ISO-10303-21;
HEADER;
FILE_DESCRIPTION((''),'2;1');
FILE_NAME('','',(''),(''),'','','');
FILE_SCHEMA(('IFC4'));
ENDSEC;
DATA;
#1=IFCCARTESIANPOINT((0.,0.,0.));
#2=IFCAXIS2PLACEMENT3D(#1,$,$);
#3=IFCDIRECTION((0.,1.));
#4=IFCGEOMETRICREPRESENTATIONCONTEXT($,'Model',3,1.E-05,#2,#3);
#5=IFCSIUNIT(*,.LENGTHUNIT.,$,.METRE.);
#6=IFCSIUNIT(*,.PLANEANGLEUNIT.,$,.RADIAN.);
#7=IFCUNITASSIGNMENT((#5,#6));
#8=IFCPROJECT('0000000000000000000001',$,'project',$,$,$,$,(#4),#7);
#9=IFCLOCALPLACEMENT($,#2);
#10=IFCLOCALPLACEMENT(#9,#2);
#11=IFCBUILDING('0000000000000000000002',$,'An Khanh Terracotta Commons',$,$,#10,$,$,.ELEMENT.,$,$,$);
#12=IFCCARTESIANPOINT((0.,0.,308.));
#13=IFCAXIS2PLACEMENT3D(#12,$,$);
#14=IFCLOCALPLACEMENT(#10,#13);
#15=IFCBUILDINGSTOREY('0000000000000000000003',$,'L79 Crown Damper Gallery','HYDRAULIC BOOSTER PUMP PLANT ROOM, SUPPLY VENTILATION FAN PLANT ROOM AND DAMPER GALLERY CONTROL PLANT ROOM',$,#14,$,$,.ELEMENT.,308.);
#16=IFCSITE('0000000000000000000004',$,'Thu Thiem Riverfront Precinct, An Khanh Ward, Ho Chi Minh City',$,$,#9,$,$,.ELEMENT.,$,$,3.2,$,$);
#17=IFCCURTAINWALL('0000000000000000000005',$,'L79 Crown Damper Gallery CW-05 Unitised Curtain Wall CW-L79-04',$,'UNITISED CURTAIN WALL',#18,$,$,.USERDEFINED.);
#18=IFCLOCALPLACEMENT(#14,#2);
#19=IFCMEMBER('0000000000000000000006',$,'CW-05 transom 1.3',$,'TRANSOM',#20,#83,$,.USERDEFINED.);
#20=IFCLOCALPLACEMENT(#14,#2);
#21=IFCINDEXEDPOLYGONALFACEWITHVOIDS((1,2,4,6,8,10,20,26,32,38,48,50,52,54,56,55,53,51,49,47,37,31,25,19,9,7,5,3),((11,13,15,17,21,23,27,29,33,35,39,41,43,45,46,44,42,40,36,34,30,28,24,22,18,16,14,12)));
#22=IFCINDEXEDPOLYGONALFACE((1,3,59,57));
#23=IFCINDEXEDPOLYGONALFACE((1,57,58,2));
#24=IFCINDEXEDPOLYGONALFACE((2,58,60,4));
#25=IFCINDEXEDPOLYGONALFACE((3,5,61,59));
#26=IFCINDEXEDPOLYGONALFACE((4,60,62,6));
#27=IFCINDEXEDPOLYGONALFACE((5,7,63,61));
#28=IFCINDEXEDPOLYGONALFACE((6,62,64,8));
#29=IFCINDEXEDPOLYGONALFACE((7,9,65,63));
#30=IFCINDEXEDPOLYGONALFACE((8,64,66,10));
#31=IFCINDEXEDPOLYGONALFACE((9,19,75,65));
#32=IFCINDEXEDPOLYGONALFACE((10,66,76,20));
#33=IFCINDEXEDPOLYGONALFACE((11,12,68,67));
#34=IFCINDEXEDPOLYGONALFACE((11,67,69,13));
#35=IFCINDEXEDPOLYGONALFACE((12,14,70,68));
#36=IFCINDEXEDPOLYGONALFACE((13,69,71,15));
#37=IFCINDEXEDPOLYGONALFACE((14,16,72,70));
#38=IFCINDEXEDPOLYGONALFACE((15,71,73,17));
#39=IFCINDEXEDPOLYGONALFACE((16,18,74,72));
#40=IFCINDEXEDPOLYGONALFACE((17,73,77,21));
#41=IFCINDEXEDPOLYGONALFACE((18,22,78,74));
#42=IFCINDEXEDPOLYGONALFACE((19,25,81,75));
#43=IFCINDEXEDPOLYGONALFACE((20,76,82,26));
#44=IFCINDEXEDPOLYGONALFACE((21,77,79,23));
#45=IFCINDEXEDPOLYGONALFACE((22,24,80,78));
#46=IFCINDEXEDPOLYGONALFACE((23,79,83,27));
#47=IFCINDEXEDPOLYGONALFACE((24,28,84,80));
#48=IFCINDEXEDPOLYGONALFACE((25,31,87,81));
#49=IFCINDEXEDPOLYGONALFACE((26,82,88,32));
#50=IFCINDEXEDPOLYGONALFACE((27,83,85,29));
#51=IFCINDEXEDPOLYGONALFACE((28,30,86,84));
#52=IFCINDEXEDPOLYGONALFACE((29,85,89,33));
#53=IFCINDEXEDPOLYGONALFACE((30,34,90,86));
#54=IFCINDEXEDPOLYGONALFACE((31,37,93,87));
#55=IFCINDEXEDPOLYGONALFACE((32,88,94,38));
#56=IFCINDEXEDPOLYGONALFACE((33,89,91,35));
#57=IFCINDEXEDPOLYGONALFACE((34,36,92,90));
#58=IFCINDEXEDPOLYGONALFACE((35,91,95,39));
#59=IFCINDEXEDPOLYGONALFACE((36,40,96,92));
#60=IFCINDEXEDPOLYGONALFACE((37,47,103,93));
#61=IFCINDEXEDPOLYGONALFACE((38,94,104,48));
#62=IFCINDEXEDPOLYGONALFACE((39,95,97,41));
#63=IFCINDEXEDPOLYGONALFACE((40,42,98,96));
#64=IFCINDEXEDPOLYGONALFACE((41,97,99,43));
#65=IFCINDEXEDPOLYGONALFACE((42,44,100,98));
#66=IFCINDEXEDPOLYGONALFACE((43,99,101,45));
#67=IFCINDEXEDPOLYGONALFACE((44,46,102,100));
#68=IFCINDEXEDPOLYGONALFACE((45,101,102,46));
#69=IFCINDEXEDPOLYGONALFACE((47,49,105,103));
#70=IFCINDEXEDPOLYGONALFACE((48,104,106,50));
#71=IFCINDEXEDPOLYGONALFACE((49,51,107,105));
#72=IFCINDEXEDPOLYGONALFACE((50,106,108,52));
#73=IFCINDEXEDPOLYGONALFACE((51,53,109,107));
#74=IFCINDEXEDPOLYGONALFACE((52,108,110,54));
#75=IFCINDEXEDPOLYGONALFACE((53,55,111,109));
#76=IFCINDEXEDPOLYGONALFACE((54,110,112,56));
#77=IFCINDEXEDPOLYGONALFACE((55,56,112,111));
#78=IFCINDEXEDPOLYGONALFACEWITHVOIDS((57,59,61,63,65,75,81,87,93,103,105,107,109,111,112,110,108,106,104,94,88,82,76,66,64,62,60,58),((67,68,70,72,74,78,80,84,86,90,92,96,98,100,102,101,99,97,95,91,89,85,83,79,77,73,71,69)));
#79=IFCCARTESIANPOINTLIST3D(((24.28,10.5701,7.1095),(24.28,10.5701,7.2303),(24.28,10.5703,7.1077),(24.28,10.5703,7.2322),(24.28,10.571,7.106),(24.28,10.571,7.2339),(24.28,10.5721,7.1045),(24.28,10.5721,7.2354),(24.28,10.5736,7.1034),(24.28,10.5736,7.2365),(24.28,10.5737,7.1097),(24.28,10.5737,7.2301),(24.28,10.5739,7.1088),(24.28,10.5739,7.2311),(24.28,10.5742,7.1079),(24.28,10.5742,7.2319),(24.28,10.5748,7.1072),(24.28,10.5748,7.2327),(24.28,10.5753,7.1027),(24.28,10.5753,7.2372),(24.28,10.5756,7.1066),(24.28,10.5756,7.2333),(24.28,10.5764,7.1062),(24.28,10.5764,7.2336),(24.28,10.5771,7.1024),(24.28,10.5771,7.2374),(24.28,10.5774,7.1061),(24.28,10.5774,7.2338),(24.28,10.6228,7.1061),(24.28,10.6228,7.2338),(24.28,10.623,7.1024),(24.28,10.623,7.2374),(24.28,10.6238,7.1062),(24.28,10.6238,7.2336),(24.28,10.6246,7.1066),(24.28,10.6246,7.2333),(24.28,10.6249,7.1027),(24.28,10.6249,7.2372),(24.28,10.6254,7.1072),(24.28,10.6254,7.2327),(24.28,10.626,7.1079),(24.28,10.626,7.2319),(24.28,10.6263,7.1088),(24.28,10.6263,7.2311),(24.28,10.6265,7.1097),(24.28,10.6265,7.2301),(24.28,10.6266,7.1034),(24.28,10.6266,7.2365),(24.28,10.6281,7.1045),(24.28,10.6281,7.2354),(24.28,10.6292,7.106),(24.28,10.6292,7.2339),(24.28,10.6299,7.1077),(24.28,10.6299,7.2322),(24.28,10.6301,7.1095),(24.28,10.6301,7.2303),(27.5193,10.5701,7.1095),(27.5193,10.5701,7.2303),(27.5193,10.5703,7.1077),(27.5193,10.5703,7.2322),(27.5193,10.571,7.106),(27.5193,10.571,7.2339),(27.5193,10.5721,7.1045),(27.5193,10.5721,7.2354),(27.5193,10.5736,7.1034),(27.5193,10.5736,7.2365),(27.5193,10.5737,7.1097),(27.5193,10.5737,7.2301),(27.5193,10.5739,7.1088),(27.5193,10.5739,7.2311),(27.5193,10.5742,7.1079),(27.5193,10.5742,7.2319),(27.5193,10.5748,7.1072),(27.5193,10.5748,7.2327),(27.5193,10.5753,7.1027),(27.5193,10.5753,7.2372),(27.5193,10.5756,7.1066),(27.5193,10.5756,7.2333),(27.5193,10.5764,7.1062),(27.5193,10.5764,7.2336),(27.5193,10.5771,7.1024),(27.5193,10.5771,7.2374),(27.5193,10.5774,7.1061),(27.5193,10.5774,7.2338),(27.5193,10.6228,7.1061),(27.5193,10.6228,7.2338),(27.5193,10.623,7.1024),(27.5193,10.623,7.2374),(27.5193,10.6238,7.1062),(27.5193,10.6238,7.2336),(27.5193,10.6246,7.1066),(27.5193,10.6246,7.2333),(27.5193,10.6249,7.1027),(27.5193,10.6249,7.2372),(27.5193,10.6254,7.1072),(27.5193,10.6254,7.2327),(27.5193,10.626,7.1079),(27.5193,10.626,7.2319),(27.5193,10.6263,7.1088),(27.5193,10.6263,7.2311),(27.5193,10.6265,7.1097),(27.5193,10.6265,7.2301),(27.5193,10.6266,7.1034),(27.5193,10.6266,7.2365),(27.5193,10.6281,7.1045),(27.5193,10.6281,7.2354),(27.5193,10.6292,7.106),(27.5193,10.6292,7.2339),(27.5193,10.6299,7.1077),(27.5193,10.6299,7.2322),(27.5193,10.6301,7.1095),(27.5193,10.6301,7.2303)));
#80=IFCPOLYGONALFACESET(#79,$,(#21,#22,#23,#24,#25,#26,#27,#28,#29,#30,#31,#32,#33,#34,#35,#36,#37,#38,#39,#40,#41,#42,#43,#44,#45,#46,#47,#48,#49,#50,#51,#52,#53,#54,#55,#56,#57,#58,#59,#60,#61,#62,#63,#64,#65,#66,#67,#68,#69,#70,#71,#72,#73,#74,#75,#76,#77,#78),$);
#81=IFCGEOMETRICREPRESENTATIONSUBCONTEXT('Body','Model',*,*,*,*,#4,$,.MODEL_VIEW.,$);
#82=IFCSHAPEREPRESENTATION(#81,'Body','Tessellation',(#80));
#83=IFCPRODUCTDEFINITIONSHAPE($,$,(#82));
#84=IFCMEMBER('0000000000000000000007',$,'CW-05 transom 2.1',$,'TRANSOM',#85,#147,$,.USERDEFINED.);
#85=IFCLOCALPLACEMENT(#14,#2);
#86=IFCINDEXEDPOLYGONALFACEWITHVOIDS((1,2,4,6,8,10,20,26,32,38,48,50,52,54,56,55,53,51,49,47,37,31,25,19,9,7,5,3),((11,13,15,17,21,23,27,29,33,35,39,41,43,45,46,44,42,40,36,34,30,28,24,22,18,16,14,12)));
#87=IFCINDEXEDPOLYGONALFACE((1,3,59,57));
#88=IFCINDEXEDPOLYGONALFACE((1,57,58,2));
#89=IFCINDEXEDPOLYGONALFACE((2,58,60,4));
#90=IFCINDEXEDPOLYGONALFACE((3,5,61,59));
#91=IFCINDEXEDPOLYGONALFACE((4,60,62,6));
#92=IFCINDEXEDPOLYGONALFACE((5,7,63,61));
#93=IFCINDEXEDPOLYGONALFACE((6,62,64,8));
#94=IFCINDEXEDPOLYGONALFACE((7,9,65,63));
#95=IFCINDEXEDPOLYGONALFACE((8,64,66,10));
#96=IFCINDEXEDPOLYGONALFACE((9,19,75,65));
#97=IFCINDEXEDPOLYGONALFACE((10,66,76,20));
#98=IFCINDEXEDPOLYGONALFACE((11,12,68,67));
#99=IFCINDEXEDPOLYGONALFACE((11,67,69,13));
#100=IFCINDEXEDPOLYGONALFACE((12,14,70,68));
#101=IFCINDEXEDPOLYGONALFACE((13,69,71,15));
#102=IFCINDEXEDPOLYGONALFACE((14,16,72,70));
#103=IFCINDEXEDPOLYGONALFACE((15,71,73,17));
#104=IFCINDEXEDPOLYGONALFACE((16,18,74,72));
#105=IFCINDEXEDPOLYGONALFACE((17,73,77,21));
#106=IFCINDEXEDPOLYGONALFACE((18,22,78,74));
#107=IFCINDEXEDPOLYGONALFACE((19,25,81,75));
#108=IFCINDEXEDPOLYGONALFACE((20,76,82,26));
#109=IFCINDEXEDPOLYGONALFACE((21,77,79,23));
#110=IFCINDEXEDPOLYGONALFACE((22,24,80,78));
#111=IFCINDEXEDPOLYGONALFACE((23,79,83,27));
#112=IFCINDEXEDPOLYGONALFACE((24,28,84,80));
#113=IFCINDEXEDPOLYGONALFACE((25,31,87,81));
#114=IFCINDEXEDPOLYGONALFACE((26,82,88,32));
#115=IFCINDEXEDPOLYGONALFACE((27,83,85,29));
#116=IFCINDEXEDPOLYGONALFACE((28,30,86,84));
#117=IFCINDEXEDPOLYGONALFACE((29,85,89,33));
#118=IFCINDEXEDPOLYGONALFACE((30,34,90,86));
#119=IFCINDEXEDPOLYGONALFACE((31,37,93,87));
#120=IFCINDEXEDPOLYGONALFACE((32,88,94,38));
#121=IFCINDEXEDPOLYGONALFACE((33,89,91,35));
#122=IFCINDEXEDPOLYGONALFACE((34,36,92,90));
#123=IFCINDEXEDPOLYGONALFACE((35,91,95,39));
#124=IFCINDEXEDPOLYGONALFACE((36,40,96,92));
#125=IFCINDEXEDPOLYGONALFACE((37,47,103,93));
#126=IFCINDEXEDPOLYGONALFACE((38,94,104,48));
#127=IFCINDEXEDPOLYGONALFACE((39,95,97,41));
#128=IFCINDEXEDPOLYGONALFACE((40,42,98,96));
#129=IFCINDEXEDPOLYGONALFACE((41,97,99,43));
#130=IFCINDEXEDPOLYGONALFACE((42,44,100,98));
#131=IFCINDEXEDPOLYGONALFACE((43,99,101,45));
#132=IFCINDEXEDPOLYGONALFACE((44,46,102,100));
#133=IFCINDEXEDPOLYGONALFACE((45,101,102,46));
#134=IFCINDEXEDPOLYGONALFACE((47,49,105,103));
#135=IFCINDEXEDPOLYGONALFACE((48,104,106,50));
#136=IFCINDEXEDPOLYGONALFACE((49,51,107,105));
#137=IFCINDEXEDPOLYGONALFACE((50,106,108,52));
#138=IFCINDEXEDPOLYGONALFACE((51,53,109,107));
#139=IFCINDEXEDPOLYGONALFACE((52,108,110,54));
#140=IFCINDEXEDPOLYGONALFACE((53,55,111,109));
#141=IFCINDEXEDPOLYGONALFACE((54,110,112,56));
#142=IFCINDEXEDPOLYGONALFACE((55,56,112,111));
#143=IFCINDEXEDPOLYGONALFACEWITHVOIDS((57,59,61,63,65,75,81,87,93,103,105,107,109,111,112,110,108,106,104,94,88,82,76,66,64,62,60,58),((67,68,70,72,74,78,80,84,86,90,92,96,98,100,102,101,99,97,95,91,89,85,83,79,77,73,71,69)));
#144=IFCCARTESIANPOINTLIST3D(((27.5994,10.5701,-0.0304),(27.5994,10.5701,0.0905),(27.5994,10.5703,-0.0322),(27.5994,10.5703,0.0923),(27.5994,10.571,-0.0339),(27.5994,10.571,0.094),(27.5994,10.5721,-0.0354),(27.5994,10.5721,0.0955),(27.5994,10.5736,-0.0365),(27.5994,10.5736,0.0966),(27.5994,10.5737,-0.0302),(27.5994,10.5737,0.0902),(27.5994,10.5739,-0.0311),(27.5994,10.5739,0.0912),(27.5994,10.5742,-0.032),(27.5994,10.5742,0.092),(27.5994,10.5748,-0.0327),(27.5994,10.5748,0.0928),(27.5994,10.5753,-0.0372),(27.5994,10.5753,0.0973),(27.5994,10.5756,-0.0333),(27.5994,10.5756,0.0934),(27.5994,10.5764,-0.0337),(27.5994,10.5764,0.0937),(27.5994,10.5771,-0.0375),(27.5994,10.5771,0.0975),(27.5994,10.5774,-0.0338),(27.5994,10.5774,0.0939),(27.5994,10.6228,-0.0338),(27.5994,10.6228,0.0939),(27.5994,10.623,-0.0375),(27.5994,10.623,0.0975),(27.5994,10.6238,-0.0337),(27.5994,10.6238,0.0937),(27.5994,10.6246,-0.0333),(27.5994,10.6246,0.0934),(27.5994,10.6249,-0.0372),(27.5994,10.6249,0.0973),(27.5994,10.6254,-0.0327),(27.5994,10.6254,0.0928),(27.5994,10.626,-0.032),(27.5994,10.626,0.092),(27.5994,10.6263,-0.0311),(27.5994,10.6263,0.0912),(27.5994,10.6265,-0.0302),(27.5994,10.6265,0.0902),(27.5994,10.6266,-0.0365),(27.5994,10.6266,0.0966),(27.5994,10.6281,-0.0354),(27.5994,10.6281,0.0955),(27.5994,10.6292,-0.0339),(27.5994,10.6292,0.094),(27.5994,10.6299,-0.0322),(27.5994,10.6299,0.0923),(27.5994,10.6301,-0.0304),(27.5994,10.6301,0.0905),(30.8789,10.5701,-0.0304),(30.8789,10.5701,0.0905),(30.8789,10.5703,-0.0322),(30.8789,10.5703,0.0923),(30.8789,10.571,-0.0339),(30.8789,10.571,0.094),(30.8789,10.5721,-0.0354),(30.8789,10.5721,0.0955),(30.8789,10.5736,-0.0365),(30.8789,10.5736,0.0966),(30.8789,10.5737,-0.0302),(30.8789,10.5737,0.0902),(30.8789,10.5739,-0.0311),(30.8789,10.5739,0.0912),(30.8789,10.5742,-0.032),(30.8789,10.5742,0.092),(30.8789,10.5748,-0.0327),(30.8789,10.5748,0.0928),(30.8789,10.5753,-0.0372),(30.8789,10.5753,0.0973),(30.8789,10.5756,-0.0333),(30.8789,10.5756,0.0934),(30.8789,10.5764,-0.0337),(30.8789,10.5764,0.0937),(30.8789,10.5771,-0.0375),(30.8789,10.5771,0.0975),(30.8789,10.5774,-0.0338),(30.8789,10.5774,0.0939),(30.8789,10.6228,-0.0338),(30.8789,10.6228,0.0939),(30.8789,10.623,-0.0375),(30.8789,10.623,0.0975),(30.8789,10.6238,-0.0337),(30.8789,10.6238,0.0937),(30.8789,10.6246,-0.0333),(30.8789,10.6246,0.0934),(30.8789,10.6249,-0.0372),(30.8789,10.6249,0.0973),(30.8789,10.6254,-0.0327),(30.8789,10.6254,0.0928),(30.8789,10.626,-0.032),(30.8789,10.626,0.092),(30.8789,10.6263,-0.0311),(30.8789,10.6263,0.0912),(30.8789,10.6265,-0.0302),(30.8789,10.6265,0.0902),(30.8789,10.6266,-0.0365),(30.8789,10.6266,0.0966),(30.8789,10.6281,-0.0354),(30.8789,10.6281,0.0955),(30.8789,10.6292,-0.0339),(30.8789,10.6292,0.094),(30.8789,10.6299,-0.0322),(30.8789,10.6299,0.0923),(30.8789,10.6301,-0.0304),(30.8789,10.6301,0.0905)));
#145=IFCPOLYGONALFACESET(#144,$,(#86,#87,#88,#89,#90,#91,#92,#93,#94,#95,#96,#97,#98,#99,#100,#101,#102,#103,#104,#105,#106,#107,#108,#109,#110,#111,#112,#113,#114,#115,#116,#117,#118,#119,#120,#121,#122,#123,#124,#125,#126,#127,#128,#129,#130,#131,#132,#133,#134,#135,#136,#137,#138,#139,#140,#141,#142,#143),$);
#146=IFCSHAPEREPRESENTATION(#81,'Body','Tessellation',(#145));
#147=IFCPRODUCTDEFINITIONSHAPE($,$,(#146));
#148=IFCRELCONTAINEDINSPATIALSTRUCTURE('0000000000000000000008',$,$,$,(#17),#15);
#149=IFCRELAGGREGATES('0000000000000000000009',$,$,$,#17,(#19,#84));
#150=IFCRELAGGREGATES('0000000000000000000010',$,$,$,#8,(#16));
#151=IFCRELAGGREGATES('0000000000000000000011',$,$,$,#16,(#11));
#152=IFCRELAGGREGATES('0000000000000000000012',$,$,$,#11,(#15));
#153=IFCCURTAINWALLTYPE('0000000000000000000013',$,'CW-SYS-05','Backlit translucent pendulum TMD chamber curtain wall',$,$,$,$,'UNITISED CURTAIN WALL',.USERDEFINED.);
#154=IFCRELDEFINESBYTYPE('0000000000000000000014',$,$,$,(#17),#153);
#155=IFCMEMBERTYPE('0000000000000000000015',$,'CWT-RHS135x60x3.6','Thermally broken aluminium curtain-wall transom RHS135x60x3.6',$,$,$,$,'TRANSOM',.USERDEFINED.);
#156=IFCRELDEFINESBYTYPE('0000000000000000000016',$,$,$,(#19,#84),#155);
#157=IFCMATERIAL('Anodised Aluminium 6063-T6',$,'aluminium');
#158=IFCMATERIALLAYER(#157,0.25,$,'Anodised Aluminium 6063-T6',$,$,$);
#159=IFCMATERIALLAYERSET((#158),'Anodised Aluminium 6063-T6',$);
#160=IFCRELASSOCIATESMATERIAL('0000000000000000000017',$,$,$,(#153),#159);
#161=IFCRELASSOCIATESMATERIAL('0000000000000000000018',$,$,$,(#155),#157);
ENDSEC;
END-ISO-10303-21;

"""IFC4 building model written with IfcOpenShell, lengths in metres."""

from ifc_helpers import new_model, si_unit, direction, frame, origin, origin_2d, place, context, subcontext, project, spatial, hollow_rectangle, extrude, material, layer, layer_set, material_profile, profile_set, type_object, element, aggregate, save


model = new_model("IFC4")

# Units and contexts
model_context = context("Model", 3, precision=1e-05, world=origin(), true_north=direction((0.0, 1.0)))
body_context = subcontext(model_context, "Body", "Model", "MODEL_VIEW")
ifc_project = project(units=[si_unit("LENGTHUNIT", "METRE"), si_unit("PLANEANGLEUNIT", "RADIAN")], contexts=[model_context])

# Site, building, storey
site_placement = place(None, origin())
site = spatial("IfcSite", under=ifc_project, at=site_placement, Name="Thu Thiem Riverfront Precinct, An Khanh Ward, Ho Chi Minh City", CompositionType="ELEMENT", RefElevation=3.2)
building_placement = place(site_placement, origin())
building = spatial("IfcBuilding", under=site, at=building_placement, Name="An Khanh Terracotta Commons", CompositionType="ELEMENT")
storey_placement = place(building_placement, frame((0.0, 0.0, 308.0)))
storey = spatial("IfcBuildingStorey", under=building, at=storey_placement, Name="L79 Crown Damper Gallery", Description="HYDRAULIC BOOSTER PUMP PLANT ROOM, SUPPLY VENTILATION FAN PLANT ROOM AND DAMPER GALLERY CONTROL PLANT ROOM", CompositionType="ELEMENT", Elevation=308.0)

# Curtain wall, members
ifc_material_1 = material(Name="Anodised Aluminium 6063-T6", Category="aluminium")
ifc_layer_1 = layer(ifc_material_1, 0.25, Name="Anodised Aluminium 6063-T6")
ifc_layer_set_1 = layer_set([ifc_layer_1], Name="Anodised Aluminium 6063-T6")
curtain_wall_type = type_object("IfcCurtainWallType", Name="CW-SYS-05", Description="Backlit translucent pendulum TMD chamber curtain wall", ElementType="UNITISED CURTAIN WALL", PredefinedType="USERDEFINED", material=ifc_layer_set_1)
curtain_wall_placement = place(storey_placement, origin())
curtain_wall = element("IfcCurtainWall", 1, at=curtain_wall_placement, inside=storey, type_object=curtain_wall_type, Name="L79 Crown Damper Gallery CW-05 Unitised Curtain Wall CW-L79-04", ObjectType="UNITISED CURTAIN WALL", PredefinedType="USERDEFINED")
ifc_material_profile_1 = material_profile(ifc_material_1, hollow_rectangle(XDim=0.0601, YDim=0.135, WallThickness=0.0037, InnerFilletRadius=0.0037, OuterFilletRadius=0.0071, at=origin_2d()), Name="RHS135x60x3.6")
ifc_profile_set_1 = profile_set([ifc_material_profile_1], Name="Anodised Aluminium 6063-T6")
member_type_1 = type_object("IfcMemberType", Name="CWT-RHS135x60x3.6", Description="Thermally broken aluminium curtain-wall transom RHS135x60x3.6", ElementType="TRANSOM", PredefinedType="USERDEFINED", material=ifc_profile_set_1)
member_1_placement = place(storey_placement, frame((24.28, 10.6001, 7.1699), z_axis=(1.0, 0.0, 0.0), x_axis=(0.0, 1.0, 0.0)))
member_1 = element("IfcMember", 2, at=member_1_placement, type_object=member_type_1, Name="CW-05 transom 1.3", ObjectType="TRANSOM", PredefinedType="USERDEFINED", context=body_context, shape_type="SweptSolid", body=[
    extrude(hollow_rectangle(XDim=0.0601, YDim=0.135, WallThickness=0.0037, InnerFilletRadius=0.0037, OuterFilletRadius=0.0071, at=origin_2d()), origin(), (0.0, 0.0, 1.0), 3.2393),
])
member_2_placement = place(storey_placement, frame((27.5994, 10.6001, 0.03), z_axis=(1.0, 0.0, 0.0), x_axis=(0.0, 1.0, 0.0)))
member_2 = element("IfcMember", 3, at=member_2_placement, type_object=member_type_1, Name="CW-05 transom 2.1", ObjectType="TRANSOM", PredefinedType="USERDEFINED", context=body_context, shape_type="SweptSolid", body=[
    extrude(hollow_rectangle(XDim=0.0601, YDim=0.135, WallThickness=0.0037, InnerFilletRadius=0.0037, OuterFilletRadius=0.0071, at=origin_2d()), origin(), (0.0, 0.0, 1.0), 3.2795),
])
aggregate(curtain_wall, [member_1, member_2])

save(model, "model.ifc")
